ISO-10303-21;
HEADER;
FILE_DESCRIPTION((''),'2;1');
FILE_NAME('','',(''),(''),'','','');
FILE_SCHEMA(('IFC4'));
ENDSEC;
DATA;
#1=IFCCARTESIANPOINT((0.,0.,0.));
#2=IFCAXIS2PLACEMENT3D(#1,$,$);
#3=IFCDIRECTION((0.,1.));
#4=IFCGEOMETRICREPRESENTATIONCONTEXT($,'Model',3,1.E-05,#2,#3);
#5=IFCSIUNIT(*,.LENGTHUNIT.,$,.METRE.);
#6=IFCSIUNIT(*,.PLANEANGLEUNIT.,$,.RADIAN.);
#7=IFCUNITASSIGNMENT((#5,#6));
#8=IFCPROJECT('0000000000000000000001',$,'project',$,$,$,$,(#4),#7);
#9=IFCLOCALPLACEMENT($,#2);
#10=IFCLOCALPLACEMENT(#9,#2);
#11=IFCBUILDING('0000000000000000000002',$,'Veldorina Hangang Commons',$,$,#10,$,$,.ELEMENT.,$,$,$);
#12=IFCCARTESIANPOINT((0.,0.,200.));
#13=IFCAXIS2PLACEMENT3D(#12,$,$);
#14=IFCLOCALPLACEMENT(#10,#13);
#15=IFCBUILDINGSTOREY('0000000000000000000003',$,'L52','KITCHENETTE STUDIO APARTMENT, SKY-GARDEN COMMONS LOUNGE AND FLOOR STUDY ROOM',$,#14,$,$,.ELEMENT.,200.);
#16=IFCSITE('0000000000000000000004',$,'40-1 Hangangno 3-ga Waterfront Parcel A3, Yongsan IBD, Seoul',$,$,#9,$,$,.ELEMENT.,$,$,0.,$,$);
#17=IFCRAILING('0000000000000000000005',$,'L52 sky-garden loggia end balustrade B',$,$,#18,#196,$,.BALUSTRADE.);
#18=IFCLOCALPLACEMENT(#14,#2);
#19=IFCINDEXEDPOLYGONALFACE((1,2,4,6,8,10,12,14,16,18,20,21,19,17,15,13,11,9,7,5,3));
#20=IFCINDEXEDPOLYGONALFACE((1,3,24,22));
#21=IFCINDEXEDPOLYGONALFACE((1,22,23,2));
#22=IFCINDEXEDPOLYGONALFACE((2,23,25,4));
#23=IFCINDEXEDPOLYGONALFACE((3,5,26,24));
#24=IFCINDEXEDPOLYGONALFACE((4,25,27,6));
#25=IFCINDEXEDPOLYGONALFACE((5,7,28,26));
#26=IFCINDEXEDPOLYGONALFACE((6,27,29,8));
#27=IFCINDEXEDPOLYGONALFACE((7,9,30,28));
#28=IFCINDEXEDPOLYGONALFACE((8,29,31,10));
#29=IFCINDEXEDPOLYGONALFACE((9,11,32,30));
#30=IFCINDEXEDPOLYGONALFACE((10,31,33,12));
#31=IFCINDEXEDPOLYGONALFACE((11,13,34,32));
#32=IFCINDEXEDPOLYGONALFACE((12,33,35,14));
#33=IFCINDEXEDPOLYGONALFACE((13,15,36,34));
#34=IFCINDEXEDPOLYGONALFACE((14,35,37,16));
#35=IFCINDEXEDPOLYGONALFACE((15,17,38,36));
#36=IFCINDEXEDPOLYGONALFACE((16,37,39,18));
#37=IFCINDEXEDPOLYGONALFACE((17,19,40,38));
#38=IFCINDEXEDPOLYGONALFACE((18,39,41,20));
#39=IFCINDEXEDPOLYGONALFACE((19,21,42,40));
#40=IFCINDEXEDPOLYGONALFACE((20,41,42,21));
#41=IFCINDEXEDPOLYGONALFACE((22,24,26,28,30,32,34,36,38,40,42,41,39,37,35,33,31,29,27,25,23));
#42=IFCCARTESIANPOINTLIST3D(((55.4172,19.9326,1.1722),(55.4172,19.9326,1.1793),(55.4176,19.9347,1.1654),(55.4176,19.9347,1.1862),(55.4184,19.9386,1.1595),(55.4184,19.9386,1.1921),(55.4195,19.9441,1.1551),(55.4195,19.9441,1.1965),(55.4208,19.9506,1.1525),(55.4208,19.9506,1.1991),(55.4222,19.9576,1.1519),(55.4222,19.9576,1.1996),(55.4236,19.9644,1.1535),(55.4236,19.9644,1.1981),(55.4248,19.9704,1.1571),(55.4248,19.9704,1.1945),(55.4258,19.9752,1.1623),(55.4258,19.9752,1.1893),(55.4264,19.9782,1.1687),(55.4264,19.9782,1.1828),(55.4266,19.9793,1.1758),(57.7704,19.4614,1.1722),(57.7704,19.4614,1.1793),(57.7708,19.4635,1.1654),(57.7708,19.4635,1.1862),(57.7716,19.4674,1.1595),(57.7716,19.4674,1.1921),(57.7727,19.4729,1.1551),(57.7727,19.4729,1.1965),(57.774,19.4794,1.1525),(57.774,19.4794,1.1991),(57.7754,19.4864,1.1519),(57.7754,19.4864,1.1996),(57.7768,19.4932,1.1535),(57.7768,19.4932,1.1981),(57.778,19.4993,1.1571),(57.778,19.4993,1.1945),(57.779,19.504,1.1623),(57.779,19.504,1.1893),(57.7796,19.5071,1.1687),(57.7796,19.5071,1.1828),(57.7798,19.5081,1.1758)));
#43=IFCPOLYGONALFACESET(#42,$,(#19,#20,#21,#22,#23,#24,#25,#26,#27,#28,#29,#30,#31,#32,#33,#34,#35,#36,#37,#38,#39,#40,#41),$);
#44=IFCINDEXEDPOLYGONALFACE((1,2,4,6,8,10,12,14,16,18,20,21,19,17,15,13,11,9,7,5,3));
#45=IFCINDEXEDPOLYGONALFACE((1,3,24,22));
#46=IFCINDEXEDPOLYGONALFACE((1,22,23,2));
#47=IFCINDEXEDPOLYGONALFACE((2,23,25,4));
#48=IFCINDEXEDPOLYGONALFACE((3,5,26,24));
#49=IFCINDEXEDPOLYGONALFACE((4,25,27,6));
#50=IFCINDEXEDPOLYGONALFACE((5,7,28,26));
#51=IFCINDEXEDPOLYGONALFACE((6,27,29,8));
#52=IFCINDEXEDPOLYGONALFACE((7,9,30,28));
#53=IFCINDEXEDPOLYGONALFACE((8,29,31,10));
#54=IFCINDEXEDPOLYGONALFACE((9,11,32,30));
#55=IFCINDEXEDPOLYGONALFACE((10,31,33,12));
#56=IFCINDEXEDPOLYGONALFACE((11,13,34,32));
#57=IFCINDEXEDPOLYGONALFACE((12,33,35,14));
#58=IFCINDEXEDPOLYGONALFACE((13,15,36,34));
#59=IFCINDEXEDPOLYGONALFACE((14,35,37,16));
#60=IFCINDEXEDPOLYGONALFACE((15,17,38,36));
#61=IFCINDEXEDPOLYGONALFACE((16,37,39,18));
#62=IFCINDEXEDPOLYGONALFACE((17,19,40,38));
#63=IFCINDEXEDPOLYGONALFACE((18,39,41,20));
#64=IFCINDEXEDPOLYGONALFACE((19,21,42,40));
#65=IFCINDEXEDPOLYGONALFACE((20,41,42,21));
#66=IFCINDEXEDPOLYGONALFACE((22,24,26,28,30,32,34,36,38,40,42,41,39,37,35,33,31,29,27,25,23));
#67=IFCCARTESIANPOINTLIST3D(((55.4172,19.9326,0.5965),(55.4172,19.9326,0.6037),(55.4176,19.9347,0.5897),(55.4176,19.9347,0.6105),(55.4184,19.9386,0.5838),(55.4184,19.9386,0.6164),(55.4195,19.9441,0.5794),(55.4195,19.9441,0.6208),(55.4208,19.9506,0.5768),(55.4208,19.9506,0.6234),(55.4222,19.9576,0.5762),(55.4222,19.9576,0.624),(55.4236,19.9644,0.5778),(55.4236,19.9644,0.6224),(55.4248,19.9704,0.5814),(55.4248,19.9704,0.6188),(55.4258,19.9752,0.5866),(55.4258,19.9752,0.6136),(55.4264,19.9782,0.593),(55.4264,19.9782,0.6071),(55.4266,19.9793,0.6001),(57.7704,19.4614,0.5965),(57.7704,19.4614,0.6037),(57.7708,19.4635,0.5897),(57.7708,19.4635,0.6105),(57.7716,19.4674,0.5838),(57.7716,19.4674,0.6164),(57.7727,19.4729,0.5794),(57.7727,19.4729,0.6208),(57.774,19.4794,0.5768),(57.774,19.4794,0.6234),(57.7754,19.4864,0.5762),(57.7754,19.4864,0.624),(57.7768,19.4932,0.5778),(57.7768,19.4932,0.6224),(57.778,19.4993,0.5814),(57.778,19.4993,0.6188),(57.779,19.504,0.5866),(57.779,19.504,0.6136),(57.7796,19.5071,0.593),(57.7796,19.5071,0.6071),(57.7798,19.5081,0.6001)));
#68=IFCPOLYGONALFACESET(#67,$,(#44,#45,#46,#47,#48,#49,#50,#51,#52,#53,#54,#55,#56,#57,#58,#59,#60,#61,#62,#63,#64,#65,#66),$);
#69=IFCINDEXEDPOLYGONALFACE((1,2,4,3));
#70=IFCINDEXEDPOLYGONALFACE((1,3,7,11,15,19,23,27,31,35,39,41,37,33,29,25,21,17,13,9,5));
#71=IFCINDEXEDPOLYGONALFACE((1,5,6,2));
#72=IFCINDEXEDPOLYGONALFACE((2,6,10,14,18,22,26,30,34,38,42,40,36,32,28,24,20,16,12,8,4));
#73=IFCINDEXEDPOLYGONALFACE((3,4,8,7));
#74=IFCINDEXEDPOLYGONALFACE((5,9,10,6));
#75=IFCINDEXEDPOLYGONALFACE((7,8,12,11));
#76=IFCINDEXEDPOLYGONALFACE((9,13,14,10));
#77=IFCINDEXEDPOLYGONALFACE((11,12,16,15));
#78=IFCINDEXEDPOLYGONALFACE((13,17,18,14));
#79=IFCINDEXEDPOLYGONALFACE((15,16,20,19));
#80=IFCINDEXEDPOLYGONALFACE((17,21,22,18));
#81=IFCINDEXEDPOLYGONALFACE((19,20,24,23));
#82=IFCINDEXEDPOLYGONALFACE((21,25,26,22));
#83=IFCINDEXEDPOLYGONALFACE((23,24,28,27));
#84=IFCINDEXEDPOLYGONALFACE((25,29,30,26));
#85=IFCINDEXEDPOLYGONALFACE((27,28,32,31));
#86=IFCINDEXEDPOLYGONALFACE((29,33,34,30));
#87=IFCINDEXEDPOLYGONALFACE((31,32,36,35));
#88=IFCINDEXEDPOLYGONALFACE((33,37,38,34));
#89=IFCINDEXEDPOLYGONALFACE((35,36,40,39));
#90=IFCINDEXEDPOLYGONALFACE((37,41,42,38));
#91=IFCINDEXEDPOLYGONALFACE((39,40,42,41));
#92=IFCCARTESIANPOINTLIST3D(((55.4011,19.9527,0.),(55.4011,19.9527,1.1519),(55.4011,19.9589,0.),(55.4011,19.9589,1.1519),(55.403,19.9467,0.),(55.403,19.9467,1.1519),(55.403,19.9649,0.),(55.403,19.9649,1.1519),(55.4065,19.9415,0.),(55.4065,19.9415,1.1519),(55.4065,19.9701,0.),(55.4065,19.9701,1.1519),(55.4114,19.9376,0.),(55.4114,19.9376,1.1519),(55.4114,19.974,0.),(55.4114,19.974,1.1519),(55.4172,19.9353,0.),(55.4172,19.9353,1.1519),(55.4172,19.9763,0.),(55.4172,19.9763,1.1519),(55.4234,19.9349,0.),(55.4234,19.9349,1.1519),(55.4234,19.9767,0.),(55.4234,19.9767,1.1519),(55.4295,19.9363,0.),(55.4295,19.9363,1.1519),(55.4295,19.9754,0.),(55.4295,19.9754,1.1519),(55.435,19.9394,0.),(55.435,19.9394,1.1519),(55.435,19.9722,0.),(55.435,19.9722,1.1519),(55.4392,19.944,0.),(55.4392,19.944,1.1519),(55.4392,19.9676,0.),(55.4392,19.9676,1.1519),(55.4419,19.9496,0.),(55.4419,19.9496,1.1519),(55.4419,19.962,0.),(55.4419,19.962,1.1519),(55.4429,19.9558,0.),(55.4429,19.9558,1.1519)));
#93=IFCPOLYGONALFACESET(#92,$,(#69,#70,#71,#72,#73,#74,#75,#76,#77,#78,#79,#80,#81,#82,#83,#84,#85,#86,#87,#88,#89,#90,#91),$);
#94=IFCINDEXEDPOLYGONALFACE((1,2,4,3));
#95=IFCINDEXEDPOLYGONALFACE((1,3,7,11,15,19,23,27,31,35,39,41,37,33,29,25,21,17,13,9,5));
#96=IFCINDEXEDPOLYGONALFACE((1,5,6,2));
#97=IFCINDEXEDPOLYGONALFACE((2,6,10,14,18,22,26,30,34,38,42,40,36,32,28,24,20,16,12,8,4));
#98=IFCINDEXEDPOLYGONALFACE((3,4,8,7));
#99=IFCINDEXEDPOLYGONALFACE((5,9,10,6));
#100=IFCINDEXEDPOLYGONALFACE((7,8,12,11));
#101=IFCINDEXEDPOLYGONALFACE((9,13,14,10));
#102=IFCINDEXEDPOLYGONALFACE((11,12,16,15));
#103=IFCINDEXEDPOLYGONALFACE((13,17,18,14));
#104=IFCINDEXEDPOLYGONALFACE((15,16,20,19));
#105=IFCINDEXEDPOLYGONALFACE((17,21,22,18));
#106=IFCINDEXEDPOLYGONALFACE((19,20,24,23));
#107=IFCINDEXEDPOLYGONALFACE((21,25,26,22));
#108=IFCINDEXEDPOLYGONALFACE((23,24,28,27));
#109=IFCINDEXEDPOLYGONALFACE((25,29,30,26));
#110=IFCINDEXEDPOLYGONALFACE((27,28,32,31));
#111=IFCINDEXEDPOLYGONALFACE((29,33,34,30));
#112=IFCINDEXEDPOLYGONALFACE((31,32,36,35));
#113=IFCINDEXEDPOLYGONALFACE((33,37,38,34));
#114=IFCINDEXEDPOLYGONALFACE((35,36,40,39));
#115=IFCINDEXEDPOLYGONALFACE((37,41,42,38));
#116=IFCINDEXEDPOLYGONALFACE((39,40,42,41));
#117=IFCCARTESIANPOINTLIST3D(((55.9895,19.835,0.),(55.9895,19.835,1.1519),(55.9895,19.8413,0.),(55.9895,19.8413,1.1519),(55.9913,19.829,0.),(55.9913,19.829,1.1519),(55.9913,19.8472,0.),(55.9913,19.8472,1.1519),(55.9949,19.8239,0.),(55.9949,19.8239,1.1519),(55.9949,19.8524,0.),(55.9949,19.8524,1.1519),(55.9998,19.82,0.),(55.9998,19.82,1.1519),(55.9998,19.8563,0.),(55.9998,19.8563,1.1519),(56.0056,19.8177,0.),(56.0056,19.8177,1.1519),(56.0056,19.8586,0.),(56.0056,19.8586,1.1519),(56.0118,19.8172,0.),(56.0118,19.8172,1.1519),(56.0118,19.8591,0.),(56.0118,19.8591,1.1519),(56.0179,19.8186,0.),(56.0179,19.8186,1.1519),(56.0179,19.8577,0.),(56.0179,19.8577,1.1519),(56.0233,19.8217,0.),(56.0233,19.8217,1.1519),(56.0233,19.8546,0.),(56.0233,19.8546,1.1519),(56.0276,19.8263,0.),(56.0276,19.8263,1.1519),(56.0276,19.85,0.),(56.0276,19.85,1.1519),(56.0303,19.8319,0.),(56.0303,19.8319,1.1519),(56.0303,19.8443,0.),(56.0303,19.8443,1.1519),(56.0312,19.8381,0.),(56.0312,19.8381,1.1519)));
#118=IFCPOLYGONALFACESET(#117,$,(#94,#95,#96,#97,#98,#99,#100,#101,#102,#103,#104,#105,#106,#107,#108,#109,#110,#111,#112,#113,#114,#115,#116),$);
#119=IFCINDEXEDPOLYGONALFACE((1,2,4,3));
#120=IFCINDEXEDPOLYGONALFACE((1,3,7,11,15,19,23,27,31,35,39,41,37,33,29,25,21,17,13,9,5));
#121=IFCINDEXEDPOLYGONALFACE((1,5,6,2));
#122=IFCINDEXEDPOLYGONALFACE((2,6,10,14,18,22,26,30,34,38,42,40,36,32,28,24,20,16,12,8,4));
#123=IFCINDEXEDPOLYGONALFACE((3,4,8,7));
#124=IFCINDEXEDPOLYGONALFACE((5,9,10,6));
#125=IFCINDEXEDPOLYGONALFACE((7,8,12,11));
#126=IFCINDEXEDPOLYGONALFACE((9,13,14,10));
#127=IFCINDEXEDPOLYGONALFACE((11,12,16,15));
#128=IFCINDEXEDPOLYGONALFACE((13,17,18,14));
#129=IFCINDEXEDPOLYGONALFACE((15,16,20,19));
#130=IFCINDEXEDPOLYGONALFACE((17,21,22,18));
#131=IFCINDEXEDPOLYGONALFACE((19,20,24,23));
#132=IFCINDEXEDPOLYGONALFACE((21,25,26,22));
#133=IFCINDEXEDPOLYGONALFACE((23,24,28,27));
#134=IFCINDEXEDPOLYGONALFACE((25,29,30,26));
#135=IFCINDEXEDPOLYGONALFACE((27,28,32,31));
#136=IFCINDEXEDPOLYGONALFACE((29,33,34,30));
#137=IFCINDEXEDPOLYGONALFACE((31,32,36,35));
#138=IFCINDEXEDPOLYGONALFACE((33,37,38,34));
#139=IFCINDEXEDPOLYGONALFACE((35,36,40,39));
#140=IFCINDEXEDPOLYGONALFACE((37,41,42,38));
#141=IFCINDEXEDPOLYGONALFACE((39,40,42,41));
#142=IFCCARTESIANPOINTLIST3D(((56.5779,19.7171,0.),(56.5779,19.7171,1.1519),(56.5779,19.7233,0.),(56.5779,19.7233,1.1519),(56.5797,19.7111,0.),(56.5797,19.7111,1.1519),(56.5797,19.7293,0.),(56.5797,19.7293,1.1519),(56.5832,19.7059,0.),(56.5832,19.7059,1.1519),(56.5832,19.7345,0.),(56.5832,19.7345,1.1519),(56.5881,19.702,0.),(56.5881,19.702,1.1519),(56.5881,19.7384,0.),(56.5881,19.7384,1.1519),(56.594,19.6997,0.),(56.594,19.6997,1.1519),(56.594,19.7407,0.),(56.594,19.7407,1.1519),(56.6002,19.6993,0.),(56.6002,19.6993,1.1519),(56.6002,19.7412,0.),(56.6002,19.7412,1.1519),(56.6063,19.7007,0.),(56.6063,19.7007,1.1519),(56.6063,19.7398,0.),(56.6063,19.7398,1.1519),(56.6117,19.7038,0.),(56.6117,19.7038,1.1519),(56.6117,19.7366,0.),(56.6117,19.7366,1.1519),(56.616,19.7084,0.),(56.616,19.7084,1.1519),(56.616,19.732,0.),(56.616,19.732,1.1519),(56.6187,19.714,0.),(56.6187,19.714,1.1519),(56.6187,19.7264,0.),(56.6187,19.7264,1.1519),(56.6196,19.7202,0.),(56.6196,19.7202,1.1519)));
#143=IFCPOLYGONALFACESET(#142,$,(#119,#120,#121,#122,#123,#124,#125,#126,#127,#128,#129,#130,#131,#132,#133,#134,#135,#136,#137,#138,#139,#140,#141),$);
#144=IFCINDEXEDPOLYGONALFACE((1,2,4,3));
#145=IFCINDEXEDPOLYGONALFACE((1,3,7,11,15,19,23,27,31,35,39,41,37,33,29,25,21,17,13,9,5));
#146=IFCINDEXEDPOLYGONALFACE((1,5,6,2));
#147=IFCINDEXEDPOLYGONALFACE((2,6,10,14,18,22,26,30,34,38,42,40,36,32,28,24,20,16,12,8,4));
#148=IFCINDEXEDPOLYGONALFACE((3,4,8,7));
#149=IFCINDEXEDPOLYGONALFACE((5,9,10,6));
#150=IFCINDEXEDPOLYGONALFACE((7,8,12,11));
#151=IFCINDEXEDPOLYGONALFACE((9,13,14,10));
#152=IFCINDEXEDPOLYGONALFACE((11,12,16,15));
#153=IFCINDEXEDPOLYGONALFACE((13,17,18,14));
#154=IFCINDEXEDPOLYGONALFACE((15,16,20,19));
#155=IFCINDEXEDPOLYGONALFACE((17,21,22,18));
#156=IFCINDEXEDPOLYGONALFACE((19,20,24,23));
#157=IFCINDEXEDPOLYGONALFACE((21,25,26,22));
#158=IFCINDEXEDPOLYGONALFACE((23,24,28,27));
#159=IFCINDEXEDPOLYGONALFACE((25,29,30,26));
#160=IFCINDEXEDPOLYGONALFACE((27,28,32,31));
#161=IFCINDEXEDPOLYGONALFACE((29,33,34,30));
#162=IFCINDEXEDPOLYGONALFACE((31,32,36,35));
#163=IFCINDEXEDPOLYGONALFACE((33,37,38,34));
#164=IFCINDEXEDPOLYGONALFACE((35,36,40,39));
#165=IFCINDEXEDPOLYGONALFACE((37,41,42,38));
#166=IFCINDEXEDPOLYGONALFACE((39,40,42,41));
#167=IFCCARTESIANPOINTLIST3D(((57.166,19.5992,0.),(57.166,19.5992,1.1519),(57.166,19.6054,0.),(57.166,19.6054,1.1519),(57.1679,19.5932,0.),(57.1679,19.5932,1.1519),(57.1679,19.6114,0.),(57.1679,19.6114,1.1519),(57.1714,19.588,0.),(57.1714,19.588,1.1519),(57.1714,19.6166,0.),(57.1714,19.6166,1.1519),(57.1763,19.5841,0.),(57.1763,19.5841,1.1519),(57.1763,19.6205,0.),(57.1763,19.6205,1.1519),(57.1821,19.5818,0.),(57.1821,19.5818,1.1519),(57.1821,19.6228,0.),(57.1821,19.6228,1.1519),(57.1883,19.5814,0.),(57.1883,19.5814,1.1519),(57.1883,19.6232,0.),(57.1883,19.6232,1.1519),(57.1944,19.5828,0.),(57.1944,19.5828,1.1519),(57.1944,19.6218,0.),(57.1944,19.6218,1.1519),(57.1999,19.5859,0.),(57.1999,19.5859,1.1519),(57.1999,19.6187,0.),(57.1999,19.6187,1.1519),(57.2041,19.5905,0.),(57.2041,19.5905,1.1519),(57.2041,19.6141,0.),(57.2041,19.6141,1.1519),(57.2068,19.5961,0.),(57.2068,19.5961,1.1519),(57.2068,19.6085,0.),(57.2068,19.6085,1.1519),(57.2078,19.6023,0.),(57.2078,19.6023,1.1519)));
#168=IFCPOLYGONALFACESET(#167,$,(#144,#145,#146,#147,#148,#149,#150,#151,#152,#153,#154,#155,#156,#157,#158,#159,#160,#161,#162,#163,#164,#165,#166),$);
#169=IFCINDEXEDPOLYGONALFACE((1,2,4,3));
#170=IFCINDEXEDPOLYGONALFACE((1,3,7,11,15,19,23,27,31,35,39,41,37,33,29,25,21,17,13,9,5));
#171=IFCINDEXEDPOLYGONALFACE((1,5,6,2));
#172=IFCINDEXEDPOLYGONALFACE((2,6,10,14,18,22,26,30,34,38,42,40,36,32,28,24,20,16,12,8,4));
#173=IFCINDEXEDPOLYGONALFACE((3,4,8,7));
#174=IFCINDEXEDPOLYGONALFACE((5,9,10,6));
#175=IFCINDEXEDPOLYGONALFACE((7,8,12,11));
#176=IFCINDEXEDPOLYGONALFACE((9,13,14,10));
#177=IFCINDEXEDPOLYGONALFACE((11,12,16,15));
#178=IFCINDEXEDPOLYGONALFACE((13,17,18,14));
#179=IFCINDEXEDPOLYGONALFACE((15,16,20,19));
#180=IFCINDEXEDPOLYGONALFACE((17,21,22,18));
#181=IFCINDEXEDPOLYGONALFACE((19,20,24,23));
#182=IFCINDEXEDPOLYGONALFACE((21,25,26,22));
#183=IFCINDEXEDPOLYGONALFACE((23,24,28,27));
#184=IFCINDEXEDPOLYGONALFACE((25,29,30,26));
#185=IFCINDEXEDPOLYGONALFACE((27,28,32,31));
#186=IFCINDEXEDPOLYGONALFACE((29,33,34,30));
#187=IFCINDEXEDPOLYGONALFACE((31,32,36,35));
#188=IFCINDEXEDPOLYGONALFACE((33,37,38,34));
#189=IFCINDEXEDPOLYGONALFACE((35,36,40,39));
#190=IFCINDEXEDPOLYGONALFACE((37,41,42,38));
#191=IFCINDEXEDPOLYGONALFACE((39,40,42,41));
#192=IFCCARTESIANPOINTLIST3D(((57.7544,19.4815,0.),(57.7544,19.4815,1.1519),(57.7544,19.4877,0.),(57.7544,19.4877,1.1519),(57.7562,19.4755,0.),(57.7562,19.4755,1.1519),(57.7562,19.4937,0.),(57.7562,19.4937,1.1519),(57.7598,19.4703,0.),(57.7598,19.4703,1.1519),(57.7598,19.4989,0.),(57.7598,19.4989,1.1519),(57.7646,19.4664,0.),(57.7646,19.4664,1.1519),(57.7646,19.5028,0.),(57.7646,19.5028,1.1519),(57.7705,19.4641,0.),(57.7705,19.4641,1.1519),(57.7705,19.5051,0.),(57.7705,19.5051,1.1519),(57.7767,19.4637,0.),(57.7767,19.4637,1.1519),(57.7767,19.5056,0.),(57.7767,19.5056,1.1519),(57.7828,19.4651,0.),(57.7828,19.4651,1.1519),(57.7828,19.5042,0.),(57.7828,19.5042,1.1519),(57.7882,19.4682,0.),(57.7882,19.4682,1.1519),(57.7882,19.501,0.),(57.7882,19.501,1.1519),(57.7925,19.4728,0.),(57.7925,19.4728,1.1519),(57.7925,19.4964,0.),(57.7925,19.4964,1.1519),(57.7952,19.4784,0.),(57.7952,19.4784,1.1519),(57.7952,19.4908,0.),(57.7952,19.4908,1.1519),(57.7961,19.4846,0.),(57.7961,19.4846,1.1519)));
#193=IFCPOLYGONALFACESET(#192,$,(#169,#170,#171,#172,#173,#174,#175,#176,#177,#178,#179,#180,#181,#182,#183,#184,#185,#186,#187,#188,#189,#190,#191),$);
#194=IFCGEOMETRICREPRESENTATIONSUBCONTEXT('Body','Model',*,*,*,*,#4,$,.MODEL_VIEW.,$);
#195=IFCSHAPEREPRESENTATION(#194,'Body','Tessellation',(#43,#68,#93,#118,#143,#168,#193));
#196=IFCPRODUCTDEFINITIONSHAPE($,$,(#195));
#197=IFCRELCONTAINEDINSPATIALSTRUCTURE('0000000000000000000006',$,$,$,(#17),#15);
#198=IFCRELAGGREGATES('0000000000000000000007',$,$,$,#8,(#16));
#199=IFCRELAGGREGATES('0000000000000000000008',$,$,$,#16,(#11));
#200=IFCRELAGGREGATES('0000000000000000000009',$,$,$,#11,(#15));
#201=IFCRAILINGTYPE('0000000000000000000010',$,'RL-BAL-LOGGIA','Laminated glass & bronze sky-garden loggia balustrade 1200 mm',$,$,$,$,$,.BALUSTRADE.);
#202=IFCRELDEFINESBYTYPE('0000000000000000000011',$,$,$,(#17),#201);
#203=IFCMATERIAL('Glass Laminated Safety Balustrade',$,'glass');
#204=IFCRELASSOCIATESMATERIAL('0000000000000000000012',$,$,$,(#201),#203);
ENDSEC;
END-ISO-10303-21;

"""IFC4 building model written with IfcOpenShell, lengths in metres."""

from ifc_helpers import new_model, si_unit, direction, frame, origin, origin_2d, place, context, subcontext, project, spatial, circle, extrude, material, type_object, element, save


model = new_model("IFC4")

# Units and contexts
model_context = context("Model", 3, precision=1e-05, world=origin(), true_north=direction((0.0, 1.0)))
body_context = subcontext(model_context, "Body", "Model", "MODEL_VIEW")
ifc_project = project(units=[si_unit("LENGTHUNIT", "METRE"), si_unit("PLANEANGLEUNIT", "RADIAN")], contexts=[model_context])

# Site, building, storey
site_placement = place(None, origin())
site = spatial("IfcSite", under=ifc_project, at=site_placement, Name="40-1 Hangangno 3-ga Waterfront Parcel A3, Yongsan IBD, Seoul", CompositionType="ELEMENT", RefElevation=0.0)
building_placement = place(site_placement, origin())
building = spatial("IfcBuilding", under=site, at=building_placement, Name="Veldorina Hangang Commons", CompositionType="ELEMENT")
storey_placement = place(building_placement, frame((0.0, 0.0, 200.0)))
storey = spatial("IfcBuildingStorey", under=building, at=storey_placement, Name="L52", Description="KITCHENETTE STUDIO APARTMENT, SKY-GARDEN COMMONS LOUNGE AND FLOOR STUDY ROOM", CompositionType="ELEMENT", Elevation=200.0)

# Railing
ifc_material_1 = material(Name="Glass Laminated Safety Balustrade", Category="glass")
railing_type = type_object("IfcRailingType", Name="RL-BAL-LOGGIA", Description="Laminated glass & bronze sky-garden loggia balustrade 1200 mm", PredefinedType="BALUSTRADE", material=ifc_material_1)
railing_1_placement = place(storey_placement, frame((55.4219, 19.9558, 0.0)))
element("IfcRailing", 1, at=railing_1_placement, inside=storey, type_object=railing_type, Name="L52 sky-garden loggia end balustrade B", PredefinedType="BALUSTRADE", context=body_context, shape_type="SweptSolid", body=[
    extrude(circle(Radius=0.0239, at=origin_2d()), frame((0.0, 0.0, 1.1758), z_axis=(0.980538, -0.196331, 0.0), x_axis=(0.196331, 0.980538, 0.0)), (0.0, 0.0, 1.0), 2.3999),
    extrude(circle(Radius=0.0239, at=origin_2d()), frame((0.0, 0.0, 0.6001), z_axis=(0.980538, -0.196331, 0.0), x_axis=(0.196331, 0.980538, 0.0)), (0.0, 0.0, 1.0), 2.3999),
    extrude(circle(Radius=0.021, at=origin_2d()), origin(), (0.0, 0.0, 1.0), 1.1519),
    extrude(circle(Radius=0.021, at=origin_2d()), frame((0.5884, -0.1177, 0.0)), (0.0, 0.0, 1.0), 1.1519),
    extrude(circle(Radius=0.021, at=origin_2d()), frame((1.1768, -0.2356, 0.0)), (0.0, 0.0, 1.0), 1.1519),
    extrude(circle(Radius=0.021, at=origin_2d()), frame((1.7649, -0.3535, 0.0)), (0.0, 0.0, 1.0), 1.1519),
    extrude(circle(Radius=0.021, at=origin_2d()), frame((2.3533, -0.4712, 0.0)), (0.0, 0.0, 1.0), 1.1519),
])

save(model, "model.ifc")
